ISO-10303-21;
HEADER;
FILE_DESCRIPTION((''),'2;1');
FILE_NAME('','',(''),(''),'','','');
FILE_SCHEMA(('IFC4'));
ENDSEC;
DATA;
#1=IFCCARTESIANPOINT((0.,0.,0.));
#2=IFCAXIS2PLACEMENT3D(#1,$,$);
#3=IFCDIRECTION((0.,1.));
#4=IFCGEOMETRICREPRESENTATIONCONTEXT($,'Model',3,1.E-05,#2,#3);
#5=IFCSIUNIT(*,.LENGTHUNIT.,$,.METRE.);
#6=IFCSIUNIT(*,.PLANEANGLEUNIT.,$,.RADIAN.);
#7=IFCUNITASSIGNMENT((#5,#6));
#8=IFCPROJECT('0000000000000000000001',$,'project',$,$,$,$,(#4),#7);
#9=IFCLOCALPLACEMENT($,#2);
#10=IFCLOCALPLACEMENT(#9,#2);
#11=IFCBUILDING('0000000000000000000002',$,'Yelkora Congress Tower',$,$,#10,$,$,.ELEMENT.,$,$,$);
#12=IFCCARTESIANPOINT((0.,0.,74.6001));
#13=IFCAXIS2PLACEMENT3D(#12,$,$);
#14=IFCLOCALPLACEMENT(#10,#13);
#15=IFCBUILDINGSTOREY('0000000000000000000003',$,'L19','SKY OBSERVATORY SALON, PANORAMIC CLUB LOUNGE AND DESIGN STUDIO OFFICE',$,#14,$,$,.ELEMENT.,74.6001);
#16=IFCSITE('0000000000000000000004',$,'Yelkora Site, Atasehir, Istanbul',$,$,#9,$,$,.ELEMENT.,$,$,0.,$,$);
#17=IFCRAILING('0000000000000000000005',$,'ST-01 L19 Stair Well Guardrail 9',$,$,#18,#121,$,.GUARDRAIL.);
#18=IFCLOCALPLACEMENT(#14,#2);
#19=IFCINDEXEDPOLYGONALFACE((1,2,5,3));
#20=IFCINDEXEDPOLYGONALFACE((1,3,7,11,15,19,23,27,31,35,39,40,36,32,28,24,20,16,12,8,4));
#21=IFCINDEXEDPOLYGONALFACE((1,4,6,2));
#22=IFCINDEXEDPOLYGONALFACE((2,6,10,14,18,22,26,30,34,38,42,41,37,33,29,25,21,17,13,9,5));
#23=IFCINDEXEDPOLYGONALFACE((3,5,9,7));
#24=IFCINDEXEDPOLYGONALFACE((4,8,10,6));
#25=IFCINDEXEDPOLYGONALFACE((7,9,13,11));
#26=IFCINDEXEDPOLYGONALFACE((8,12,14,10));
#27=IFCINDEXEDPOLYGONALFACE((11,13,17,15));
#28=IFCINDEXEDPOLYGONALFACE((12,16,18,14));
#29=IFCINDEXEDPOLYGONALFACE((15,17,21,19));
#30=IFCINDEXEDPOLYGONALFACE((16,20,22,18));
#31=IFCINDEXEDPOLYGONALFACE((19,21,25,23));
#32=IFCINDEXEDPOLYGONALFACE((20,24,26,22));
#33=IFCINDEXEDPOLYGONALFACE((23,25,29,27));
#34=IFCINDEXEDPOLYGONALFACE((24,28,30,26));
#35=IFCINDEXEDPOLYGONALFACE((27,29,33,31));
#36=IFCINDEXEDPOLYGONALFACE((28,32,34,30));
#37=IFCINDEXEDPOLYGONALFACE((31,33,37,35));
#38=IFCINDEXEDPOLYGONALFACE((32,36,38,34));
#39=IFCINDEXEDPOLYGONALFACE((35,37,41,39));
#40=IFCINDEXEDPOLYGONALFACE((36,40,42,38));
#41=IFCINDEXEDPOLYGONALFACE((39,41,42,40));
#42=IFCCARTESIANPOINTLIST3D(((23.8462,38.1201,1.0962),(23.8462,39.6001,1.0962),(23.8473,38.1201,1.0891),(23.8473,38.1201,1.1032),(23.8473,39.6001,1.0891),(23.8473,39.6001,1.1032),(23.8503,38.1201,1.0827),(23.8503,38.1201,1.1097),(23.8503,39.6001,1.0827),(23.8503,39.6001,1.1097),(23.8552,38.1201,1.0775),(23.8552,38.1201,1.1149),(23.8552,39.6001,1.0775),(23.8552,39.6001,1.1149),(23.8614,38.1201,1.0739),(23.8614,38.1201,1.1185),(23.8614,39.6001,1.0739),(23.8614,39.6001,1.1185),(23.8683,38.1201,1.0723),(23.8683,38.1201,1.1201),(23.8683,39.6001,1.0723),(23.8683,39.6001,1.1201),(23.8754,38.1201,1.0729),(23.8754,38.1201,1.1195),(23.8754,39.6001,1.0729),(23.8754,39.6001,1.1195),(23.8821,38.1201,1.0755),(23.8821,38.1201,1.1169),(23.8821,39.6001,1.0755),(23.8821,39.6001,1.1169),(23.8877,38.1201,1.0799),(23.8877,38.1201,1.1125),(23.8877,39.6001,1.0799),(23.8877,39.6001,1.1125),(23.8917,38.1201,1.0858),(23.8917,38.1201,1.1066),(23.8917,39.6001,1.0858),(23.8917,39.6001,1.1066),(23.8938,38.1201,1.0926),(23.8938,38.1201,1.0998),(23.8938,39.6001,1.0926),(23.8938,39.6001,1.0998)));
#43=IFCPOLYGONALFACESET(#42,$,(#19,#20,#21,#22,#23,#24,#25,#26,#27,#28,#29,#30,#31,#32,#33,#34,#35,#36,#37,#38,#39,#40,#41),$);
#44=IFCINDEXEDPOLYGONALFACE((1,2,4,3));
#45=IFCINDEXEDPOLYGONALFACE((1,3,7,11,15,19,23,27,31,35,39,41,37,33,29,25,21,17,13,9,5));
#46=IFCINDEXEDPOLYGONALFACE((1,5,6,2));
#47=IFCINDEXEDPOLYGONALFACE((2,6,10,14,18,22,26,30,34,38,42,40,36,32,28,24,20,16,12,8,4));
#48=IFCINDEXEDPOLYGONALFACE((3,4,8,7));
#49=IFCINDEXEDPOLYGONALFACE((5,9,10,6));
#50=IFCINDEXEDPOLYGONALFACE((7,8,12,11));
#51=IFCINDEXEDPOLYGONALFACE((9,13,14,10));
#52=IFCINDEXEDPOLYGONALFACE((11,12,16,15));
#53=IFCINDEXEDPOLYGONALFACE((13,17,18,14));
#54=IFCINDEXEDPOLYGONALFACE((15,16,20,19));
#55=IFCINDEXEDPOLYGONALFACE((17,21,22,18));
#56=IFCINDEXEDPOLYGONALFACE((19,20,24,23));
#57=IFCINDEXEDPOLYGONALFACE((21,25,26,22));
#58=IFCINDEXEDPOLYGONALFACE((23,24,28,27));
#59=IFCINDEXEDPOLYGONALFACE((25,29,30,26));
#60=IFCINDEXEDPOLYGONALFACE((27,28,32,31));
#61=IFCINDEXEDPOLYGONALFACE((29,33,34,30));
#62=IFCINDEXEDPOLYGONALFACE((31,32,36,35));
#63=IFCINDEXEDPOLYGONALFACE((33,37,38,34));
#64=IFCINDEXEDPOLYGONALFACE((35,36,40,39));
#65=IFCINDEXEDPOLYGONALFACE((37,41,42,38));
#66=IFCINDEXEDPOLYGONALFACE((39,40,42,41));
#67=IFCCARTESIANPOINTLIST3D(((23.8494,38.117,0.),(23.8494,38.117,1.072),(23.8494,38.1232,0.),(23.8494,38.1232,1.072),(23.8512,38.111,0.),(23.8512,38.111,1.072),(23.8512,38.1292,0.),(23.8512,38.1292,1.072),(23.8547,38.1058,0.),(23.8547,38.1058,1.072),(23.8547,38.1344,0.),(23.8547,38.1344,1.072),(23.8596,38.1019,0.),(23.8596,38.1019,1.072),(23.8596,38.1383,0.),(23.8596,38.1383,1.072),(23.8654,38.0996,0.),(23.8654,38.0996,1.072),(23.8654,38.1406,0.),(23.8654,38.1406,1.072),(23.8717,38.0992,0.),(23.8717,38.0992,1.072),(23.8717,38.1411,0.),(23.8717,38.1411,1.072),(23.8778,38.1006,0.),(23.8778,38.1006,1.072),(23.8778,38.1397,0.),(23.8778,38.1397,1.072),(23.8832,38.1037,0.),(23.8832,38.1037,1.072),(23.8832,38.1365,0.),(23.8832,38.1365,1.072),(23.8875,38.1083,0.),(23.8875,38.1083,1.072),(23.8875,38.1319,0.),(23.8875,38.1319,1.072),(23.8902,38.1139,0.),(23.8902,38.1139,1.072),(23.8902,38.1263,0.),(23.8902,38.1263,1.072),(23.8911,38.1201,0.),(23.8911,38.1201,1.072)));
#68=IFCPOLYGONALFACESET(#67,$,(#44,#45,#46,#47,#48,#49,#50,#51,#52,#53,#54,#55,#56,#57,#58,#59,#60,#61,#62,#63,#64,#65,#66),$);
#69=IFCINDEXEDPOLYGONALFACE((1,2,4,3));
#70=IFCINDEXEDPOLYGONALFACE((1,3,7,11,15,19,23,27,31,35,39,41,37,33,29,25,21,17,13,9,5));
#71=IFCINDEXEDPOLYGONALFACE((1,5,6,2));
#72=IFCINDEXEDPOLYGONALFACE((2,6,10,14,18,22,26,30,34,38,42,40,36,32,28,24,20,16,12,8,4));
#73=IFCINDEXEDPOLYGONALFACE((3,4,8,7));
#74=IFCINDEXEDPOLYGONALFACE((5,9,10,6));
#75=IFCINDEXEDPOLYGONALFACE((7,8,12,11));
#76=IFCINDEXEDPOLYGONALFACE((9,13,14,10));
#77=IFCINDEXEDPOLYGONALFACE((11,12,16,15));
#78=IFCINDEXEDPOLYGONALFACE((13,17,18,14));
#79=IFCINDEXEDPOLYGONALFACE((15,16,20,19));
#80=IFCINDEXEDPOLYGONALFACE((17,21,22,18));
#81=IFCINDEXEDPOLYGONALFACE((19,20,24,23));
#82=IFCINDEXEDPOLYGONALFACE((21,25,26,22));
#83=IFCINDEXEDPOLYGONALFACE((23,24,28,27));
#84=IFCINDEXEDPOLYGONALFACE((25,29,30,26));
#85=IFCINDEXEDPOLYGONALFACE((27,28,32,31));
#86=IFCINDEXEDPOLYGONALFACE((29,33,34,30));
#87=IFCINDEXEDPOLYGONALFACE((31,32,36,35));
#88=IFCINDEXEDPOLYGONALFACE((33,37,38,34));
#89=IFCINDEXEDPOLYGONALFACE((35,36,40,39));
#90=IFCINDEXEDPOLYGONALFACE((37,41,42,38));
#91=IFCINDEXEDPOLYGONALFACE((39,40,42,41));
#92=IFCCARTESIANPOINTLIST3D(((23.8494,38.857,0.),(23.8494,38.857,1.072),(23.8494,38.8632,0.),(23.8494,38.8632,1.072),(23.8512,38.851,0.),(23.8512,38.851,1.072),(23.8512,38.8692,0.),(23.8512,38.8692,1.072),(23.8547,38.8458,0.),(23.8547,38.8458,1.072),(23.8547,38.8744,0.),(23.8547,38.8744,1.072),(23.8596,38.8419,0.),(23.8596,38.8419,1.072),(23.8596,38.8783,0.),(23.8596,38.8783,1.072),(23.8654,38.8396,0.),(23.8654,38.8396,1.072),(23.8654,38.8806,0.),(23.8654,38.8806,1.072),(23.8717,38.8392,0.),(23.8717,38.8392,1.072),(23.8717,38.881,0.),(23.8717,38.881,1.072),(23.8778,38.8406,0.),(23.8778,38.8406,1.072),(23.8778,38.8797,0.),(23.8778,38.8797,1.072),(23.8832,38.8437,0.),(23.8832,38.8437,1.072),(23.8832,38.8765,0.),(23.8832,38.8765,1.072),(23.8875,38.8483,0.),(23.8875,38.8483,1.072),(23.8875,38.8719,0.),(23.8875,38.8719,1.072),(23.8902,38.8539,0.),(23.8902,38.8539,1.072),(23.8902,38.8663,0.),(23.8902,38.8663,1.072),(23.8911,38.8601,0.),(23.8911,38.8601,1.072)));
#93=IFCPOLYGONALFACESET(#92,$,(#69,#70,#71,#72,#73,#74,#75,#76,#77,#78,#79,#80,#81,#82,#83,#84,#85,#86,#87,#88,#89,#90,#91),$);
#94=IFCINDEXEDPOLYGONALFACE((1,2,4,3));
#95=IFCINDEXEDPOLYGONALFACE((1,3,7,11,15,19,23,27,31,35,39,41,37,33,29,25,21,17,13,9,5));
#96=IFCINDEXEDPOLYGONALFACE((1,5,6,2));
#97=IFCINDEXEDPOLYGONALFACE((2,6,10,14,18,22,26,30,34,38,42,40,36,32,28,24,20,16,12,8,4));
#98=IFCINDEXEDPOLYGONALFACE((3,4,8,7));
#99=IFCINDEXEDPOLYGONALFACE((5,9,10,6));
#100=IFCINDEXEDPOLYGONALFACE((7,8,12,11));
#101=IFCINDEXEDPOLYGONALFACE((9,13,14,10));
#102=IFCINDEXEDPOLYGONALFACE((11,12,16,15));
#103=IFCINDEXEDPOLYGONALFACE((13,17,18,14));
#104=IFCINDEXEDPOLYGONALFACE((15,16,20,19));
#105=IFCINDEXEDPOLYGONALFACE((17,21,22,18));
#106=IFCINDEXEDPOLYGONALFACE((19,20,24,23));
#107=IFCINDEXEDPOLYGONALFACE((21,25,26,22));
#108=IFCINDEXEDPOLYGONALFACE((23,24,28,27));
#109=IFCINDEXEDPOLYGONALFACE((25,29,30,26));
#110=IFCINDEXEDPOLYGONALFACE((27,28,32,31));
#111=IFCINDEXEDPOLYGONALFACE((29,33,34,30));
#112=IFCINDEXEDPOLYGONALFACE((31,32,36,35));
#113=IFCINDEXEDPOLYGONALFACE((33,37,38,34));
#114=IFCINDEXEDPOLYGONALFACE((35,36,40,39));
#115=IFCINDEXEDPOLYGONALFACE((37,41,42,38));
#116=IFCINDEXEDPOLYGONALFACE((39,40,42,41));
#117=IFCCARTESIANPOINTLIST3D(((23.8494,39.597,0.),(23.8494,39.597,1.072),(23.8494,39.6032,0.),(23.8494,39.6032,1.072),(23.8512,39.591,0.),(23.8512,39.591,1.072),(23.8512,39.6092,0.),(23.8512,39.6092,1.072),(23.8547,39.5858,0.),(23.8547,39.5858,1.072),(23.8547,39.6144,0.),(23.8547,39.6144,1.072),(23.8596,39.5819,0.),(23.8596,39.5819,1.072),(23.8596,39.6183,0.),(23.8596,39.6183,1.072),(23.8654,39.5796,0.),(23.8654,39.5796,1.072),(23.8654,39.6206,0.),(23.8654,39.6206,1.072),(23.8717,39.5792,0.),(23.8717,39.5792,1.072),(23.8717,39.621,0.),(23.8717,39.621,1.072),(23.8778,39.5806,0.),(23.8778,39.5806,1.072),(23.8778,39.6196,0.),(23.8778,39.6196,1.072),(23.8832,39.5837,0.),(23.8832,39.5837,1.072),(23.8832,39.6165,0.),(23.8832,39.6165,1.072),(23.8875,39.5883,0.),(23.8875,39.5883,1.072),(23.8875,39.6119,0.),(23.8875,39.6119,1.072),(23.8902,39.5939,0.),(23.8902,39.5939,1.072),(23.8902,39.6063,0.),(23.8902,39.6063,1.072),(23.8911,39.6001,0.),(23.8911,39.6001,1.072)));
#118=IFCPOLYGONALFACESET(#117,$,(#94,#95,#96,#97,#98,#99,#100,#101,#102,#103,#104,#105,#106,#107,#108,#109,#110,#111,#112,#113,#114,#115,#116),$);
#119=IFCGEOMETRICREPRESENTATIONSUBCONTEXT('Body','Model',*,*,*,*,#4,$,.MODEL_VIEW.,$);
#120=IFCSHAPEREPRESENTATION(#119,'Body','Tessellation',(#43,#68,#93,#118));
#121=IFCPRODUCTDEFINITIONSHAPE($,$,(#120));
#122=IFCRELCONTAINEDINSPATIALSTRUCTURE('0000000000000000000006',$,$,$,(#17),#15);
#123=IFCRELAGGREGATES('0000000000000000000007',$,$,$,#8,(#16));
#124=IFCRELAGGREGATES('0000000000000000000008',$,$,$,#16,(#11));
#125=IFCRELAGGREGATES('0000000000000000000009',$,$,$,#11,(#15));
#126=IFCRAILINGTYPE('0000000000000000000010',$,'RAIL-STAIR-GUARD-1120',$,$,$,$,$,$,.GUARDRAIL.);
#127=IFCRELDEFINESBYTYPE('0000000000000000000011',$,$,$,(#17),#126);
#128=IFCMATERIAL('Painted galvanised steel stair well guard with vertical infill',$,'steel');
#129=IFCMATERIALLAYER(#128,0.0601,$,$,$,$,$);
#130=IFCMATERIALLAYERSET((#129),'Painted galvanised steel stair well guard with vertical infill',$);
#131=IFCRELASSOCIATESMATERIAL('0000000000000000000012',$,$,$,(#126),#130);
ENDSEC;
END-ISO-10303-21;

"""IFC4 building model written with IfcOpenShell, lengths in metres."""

from ifc_helpers import new_model, si_unit, direction, frame, origin, origin_2d, place, context, subcontext, project, spatial, circle, extrude, material, layer, layer_set, type_object, element, save


model = new_model("IFC4")

# Units and contexts
model_context = context("Model", 3, precision=1e-05, world=origin(), true_north=direction((0.0, 1.0)))
body_context = subcontext(model_context, "Body", "Model", "MODEL_VIEW")
ifc_project = project(units=[si_unit("LENGTHUNIT", "METRE"), si_unit("PLANEANGLEUNIT", "RADIAN")], contexts=[model_context])

# Site, building, storey
site_placement = place(None, origin())
site = spatial("IfcSite", under=ifc_project, at=site_placement, Name="Yelkora Site, Atasehir, Istanbul", CompositionType="ELEMENT", RefElevation=0.0)
building_placement = place(site_placement, origin())
building = spatial("IfcBuilding", under=site, at=building_placement, Name="Yelkora Congress Tower", CompositionType="ELEMENT")
storey_placement = place(building_placement, frame((0.0, 0.0, 74.6001)))
storey = spatial("IfcBuildingStorey", under=building, at=storey_placement, Name="L19", Description="SKY OBSERVATORY SALON, PANORAMIC CLUB LOUNGE AND DESIGN STUDIO OFFICE", CompositionType="ELEMENT", Elevation=74.6001)

# Railing
ifc_material_1 = material(Name="Painted galvanised steel stair well guard with vertical infill", Category="steel")
ifc_layer_1 = layer(ifc_material_1, 0.0601)
ifc_layer_set_1 = layer_set([ifc_layer_1], Name="Painted galvanised steel stair well guard with vertical infill")
railing_type_1 = type_object("IfcRailingType", Name="RAIL-STAIR-GUARD-1120", PredefinedType="GUARDRAIL", material=ifc_layer_set_1)
for number, where, name in (
    (1, (23.8701, 38.1201, 0.0), "ST-01 L19 Stair Well Guardrail 9"),
):
    element("IfcRailing", number, at=place(storey_placement, frame(where)), inside=storey, type_object=railing_type_1, Name=name, PredefinedType="GUARDRAIL", context=body_context, shape_type="SweptSolid", body=[
        extrude(circle(Radius=0.0239, at=origin_2d()), frame((0.0, 0.0, 1.0962), z_axis=(0.0, 1.0, 0.0), x_axis=(-1.0, 0.0, 0.0)), (0.0, 0.0, 1.0), 1.48),
        extrude(circle(Radius=0.021, at=origin_2d()), origin(), (0.0, 0.0, 1.0), 1.072),
        extrude(circle(Radius=0.021, at=origin_2d()), frame((0.0, 0.74, 0.0)), (0.0, 0.0, 1.0), 1.072),
        extrude(circle(Radius=0.021, at=origin_2d()), frame((0.0, 1.48, 0.0)), (0.0, 0.0, 1.0), 1.072),
    ])

save(model, "model.ifc")
